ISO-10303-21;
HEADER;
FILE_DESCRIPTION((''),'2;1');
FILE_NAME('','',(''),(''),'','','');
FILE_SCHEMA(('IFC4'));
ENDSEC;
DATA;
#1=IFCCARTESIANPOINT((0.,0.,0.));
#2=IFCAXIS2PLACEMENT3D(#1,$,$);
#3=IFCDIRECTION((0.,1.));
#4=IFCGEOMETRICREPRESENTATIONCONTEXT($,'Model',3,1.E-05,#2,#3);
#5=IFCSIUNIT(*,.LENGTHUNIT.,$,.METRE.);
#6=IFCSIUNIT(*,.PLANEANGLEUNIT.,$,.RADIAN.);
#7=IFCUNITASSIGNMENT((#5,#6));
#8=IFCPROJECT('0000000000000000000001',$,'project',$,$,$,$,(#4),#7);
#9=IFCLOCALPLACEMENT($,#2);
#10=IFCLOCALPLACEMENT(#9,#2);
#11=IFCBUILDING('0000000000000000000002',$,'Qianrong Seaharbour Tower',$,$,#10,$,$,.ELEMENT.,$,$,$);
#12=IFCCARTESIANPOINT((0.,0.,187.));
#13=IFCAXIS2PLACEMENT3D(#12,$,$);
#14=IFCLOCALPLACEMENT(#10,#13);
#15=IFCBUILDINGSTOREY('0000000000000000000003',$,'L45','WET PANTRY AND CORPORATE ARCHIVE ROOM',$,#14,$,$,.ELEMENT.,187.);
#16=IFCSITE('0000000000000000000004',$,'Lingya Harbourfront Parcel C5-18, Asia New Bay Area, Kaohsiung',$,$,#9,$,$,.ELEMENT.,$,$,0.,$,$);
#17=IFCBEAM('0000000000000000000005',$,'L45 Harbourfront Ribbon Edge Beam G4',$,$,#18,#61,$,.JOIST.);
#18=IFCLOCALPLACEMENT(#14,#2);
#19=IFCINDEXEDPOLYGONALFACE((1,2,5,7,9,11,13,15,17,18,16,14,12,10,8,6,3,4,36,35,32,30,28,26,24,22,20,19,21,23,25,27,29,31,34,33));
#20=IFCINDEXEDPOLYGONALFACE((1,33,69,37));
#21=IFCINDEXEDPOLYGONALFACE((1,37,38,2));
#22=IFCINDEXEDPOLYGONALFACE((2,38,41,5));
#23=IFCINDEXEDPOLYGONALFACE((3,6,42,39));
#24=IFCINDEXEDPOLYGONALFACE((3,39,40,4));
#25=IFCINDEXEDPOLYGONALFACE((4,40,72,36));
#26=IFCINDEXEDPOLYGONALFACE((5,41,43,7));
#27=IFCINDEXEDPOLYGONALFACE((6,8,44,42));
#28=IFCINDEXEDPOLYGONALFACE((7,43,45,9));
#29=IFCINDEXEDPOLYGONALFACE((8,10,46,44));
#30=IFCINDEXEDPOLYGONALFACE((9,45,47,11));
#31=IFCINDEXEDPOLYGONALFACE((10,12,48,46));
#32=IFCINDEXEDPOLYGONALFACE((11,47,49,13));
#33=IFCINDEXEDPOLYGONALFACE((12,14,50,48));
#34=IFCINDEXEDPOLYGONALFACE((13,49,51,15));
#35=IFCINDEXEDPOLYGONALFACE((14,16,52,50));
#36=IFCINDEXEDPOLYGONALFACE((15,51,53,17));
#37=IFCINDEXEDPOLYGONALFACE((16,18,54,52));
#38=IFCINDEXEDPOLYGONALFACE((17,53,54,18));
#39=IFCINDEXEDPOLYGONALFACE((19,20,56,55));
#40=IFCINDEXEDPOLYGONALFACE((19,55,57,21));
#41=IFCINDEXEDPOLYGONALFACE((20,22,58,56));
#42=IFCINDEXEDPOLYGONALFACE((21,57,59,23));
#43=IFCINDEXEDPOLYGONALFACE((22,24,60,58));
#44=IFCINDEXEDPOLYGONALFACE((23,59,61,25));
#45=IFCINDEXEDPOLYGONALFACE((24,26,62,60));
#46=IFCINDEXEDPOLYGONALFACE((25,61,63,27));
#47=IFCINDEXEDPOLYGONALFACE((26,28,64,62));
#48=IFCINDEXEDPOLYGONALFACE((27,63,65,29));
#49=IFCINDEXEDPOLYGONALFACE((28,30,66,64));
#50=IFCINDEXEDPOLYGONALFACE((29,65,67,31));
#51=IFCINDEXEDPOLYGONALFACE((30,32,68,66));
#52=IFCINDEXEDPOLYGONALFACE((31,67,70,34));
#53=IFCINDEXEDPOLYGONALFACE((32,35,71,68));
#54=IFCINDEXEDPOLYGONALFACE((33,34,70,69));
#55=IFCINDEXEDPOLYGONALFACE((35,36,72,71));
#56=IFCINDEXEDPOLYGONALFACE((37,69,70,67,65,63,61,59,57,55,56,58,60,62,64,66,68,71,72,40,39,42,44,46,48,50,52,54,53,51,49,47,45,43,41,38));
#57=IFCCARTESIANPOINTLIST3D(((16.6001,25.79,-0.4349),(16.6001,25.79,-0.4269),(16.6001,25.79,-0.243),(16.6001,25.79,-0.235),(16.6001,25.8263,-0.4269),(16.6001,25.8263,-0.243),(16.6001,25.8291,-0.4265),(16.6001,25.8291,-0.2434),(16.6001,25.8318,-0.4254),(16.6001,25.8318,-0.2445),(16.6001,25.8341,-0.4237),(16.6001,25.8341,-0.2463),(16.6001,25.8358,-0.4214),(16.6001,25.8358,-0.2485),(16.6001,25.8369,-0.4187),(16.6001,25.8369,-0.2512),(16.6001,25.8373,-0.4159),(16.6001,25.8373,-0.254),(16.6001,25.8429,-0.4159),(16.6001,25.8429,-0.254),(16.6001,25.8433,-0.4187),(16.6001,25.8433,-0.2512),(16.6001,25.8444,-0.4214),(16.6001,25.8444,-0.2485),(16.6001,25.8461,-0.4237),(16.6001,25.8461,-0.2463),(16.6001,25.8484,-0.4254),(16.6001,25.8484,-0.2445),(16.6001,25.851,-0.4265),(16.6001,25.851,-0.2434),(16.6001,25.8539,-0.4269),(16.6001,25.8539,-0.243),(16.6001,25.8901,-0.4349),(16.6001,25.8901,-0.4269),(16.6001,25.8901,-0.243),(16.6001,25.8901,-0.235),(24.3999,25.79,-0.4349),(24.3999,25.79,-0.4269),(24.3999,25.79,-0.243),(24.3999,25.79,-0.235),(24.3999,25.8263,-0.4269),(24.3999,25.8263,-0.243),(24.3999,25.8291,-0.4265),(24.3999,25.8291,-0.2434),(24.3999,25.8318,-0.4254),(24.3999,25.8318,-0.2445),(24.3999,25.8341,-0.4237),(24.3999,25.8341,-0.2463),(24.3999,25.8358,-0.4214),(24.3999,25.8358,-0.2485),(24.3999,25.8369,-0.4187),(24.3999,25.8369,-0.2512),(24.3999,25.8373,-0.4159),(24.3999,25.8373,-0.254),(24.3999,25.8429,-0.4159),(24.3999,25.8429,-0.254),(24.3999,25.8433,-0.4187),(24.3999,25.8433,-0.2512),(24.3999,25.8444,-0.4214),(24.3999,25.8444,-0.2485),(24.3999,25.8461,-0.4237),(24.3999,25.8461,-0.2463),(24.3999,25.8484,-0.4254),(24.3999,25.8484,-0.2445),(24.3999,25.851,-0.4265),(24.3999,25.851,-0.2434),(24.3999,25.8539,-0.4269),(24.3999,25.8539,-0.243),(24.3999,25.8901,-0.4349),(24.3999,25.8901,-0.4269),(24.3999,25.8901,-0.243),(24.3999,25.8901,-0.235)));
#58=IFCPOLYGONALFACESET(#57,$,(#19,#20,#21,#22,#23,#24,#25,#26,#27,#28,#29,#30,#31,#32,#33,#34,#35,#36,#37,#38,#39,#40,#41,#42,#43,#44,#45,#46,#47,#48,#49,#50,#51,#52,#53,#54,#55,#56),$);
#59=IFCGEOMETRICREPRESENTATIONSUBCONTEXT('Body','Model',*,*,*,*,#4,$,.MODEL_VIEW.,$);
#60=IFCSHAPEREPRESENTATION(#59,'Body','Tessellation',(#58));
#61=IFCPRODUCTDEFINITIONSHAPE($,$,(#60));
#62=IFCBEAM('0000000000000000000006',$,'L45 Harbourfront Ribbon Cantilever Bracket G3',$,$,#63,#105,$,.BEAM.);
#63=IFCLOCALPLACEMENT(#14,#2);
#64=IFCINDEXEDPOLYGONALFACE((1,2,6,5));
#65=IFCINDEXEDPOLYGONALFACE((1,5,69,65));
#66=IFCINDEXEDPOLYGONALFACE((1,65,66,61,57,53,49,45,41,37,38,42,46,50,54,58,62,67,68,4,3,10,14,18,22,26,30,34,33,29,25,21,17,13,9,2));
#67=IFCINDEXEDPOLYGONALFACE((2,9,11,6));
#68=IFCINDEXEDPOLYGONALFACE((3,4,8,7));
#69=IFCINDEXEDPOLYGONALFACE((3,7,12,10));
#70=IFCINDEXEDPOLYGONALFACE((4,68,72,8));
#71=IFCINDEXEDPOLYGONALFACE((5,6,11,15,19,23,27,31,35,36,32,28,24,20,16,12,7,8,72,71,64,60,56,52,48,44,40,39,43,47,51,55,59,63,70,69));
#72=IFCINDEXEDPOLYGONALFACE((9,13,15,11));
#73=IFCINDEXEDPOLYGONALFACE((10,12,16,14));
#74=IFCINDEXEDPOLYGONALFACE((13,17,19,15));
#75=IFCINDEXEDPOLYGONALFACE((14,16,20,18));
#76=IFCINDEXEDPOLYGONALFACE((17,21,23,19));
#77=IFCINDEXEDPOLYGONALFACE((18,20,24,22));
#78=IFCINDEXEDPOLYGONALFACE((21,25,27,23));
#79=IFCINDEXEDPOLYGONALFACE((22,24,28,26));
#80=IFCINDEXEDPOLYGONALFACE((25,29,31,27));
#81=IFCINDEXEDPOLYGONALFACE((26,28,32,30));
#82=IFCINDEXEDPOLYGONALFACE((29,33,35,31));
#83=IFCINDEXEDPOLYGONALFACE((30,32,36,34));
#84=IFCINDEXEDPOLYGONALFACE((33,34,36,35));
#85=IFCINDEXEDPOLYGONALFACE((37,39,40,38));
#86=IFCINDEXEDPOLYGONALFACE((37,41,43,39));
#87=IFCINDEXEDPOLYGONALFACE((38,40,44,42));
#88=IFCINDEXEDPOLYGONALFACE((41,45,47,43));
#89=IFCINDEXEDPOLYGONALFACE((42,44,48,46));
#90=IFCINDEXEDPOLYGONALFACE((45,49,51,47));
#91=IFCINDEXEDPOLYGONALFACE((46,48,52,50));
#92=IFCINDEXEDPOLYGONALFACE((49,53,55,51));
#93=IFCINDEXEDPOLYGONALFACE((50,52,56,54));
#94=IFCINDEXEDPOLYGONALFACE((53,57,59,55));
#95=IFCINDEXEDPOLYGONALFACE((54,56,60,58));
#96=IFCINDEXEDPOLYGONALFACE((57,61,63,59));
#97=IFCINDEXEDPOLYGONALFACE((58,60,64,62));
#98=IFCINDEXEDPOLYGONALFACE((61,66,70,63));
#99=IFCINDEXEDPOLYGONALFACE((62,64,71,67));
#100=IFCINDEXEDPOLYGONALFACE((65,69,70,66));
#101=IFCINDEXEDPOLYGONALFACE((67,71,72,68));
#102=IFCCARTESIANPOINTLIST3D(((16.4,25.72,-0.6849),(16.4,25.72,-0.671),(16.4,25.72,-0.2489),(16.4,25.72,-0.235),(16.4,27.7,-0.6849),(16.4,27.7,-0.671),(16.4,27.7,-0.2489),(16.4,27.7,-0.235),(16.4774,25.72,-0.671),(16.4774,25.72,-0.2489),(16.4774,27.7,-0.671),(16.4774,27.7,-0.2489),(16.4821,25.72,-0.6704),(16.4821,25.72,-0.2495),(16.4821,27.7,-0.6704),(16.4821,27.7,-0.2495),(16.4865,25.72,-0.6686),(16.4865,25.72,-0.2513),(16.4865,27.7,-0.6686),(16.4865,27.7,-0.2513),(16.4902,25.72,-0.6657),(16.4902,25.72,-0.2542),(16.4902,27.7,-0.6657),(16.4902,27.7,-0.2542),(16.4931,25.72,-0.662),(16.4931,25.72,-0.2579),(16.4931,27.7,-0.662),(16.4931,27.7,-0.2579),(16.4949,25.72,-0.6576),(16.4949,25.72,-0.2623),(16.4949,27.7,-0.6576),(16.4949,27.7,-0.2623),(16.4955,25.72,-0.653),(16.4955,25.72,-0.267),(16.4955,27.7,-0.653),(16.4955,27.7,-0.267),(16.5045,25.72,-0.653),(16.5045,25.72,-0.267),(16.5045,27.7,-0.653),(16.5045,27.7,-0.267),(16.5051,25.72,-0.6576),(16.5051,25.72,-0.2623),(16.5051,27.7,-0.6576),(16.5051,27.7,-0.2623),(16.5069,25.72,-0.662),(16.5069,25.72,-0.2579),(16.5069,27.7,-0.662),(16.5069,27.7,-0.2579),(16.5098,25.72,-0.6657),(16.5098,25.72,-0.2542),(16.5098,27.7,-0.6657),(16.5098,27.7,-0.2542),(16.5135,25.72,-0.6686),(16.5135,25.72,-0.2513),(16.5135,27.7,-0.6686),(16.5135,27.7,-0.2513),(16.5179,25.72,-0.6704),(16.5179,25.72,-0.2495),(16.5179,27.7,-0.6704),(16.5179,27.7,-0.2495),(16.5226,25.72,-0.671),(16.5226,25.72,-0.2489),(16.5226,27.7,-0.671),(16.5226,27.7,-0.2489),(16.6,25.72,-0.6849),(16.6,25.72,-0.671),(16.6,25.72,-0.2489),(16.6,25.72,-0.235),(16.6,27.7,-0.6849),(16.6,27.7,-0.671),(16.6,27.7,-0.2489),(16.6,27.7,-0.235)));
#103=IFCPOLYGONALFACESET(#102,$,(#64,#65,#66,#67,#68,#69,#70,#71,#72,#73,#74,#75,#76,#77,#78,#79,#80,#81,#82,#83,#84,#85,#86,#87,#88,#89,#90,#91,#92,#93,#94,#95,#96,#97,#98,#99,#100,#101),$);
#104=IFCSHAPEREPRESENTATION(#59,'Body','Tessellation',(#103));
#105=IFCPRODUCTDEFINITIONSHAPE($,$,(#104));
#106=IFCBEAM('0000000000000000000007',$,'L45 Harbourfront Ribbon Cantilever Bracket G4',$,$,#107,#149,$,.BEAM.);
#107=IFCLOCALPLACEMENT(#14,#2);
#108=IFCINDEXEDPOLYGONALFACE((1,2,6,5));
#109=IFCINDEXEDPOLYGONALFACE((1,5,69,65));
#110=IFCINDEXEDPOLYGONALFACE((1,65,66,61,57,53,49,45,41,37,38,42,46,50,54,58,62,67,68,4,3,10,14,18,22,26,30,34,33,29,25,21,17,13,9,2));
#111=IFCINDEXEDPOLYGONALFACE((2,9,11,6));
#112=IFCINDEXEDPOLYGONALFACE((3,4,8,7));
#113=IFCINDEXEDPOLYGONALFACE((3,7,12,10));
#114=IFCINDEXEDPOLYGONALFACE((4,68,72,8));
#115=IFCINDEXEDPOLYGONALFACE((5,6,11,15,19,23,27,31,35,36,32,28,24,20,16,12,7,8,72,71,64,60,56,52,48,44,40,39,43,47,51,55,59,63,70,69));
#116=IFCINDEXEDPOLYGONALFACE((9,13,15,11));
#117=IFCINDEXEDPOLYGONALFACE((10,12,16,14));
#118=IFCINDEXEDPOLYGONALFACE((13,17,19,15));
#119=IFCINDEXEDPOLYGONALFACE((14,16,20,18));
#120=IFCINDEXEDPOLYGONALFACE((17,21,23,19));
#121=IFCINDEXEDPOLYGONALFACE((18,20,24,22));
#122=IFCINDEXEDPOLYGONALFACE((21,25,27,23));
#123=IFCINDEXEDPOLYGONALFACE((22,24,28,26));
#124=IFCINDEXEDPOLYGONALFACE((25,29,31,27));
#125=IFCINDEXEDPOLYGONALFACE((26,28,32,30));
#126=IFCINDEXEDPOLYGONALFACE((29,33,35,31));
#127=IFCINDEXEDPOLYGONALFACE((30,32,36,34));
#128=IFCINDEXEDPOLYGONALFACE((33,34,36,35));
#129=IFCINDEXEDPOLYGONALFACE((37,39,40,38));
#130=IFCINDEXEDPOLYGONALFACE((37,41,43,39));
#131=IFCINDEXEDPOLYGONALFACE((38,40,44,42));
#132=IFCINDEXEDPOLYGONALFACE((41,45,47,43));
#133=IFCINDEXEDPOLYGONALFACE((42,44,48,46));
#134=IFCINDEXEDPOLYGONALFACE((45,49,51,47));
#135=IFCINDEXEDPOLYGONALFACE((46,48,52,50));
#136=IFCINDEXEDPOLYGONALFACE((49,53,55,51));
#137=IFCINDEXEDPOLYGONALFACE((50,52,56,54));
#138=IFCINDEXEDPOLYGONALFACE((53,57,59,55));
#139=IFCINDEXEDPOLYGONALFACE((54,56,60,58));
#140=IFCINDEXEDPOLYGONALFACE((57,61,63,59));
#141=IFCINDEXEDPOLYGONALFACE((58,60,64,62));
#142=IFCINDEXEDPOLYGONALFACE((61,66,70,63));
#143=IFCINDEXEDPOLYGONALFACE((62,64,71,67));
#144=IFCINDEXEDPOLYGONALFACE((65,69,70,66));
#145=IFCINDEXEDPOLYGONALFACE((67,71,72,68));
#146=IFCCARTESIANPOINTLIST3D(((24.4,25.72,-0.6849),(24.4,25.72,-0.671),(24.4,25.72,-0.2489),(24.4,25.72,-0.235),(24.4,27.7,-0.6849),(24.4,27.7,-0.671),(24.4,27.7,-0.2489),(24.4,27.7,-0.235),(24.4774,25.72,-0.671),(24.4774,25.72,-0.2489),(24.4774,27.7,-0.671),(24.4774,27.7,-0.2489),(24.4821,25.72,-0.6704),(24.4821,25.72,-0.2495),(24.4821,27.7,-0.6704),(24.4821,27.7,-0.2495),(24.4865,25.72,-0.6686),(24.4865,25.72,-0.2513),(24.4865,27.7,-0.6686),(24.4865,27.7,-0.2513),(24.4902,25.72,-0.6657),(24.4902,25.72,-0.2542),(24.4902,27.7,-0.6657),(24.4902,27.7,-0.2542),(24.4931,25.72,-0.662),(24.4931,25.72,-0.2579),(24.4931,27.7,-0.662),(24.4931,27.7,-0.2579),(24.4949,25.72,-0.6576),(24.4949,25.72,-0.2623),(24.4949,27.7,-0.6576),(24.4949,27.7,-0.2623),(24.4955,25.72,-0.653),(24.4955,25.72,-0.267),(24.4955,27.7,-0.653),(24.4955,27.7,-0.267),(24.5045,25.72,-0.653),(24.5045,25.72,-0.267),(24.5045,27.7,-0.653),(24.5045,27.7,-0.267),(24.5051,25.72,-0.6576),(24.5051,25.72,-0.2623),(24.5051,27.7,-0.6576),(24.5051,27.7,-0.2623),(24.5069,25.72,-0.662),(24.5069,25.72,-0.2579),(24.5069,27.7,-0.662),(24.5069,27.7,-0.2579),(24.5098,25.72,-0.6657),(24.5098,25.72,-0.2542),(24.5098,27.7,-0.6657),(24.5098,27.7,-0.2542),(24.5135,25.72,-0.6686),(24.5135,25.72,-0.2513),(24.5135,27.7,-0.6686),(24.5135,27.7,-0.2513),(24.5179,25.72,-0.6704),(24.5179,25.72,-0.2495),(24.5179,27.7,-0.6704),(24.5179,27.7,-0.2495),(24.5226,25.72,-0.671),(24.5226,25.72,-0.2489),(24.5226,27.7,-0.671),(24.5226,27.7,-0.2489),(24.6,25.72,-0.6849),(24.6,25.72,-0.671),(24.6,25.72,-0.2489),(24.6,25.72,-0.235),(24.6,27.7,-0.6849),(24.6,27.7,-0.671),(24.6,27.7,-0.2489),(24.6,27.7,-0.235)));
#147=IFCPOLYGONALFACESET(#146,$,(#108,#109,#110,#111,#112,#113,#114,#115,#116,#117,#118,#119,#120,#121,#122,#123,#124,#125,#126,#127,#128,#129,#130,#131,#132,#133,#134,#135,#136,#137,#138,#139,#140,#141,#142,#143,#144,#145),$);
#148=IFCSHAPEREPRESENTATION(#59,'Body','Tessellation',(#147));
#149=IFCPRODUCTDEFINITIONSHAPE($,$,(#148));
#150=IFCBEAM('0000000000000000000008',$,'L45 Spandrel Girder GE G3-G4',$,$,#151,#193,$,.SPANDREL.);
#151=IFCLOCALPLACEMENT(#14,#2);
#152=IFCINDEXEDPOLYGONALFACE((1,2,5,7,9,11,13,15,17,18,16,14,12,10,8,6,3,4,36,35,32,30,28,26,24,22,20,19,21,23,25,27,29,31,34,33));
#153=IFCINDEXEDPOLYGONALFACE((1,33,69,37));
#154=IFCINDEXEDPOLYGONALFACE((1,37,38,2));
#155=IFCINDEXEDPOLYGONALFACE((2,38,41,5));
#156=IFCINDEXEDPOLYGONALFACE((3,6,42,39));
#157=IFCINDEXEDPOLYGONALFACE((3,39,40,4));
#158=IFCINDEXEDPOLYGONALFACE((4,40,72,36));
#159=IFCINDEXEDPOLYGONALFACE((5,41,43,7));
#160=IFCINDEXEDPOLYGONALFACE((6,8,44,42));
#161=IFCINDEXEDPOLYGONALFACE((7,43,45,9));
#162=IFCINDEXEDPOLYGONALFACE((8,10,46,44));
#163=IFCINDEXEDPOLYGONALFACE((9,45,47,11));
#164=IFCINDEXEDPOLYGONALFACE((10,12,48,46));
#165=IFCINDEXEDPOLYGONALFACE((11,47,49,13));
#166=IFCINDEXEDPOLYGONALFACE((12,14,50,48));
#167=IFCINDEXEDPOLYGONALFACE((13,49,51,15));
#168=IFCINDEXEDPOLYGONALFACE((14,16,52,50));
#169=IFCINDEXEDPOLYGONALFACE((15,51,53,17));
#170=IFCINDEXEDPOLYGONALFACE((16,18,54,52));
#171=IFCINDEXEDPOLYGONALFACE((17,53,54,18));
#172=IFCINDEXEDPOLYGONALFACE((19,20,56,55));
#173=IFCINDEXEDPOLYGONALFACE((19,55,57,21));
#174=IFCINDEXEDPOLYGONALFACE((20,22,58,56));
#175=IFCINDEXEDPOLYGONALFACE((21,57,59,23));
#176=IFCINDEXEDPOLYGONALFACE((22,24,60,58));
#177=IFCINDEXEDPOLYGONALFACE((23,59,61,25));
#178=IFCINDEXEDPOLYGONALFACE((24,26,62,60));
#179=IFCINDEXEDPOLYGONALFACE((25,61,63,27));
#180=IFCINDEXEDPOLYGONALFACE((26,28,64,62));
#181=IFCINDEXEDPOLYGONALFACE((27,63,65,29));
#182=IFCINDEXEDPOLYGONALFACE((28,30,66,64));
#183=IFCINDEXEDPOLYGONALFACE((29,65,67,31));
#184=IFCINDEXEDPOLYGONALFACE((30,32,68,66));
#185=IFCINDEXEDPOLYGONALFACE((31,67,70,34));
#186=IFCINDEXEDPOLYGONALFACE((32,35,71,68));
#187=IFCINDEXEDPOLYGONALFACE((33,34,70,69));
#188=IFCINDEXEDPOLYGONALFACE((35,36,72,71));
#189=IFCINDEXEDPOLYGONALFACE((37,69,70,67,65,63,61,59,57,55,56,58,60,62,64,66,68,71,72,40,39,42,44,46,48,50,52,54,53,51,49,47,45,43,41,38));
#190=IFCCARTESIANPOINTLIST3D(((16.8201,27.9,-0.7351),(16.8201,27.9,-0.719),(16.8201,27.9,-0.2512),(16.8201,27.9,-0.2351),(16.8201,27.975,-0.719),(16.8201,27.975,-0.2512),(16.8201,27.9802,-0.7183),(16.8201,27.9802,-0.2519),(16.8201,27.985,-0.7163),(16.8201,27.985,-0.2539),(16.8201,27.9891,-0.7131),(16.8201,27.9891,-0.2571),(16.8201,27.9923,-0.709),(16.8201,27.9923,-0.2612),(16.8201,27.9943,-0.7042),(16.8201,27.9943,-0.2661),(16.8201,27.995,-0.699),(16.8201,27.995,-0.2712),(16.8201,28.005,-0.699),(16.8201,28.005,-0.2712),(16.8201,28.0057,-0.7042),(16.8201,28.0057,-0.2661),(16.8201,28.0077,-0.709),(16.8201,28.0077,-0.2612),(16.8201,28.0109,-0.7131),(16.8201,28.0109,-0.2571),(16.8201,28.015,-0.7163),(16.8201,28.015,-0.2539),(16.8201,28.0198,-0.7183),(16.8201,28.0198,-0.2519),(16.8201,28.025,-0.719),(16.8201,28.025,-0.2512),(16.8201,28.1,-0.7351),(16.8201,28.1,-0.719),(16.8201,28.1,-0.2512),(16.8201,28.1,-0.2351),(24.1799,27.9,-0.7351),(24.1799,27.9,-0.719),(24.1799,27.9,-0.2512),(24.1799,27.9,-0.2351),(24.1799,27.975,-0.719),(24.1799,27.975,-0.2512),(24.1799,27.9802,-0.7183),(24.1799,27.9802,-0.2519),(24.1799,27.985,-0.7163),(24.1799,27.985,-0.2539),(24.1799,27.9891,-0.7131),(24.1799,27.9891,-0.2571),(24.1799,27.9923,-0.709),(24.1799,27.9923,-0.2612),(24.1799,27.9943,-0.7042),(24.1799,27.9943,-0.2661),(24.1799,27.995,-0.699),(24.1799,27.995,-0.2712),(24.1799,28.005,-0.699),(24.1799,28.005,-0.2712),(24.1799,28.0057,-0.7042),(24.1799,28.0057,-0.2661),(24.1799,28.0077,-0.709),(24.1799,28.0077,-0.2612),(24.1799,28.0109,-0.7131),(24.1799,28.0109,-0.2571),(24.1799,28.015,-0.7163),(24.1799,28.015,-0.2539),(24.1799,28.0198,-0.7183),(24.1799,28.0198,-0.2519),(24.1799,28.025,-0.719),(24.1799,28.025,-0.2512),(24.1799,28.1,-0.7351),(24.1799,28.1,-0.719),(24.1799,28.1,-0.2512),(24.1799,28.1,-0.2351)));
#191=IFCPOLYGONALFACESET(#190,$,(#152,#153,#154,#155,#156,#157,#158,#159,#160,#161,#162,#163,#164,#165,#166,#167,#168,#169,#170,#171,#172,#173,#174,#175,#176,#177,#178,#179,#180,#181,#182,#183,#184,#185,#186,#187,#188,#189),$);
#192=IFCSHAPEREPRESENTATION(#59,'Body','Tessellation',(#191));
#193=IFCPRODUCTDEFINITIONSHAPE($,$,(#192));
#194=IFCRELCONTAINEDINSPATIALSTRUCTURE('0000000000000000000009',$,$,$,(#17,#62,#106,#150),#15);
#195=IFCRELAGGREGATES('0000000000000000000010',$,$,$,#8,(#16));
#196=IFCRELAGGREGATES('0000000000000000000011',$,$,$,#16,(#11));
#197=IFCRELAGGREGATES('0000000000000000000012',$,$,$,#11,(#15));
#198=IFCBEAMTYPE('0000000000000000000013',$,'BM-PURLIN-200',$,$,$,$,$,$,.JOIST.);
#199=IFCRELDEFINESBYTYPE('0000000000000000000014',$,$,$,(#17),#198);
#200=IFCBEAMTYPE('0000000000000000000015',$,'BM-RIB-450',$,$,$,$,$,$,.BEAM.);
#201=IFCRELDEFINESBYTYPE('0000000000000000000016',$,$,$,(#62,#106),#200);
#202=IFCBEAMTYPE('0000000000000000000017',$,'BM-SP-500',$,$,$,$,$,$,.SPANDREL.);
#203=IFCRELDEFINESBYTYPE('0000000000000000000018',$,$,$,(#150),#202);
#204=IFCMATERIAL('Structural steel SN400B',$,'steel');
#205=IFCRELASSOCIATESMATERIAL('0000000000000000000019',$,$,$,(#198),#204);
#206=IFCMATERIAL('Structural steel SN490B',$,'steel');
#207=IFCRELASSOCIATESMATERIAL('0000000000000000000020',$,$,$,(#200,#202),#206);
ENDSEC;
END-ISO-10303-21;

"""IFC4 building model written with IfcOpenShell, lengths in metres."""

from ifc_helpers import new_model, si_unit, direction, frame, origin, origin_2d, place, context, subcontext, project, spatial, i_section, extrude, material, material_profile, profile_set, type_object, element, save


model = new_model("IFC4")

# Units and contexts
model_context = context("Model", 3, precision=1e-05, world=origin(), true_north=direction((0.0, 1.0)))
body_context = subcontext(model_context, "Body", "Model", "MODEL_VIEW")
ifc_project = project(units=[si_unit("LENGTHUNIT", "METRE"), si_unit("PLANEANGLEUNIT", "RADIAN")], contexts=[model_context])

# Site, building, storey
site_placement = place(None, origin())
site = spatial("IfcSite", under=ifc_project, at=site_placement, Name="Lingya Harbourfront Parcel C5-18, Asia New Bay Area, Kaohsiung", CompositionType="ELEMENT", RefElevation=0.0)
building_placement = place(site_placement, origin())
building = spatial("IfcBuilding", under=site, at=building_placement, Name="Qianrong Seaharbour Tower", CompositionType="ELEMENT")
storey_placement = place(building_placement, frame((0.0, 0.0, 187.0)))
storey = spatial("IfcBuildingStorey", under=building, at=storey_placement, Name="L45", Description="WET PANTRY AND CORPORATE ARCHIVE ROOM", CompositionType="ELEMENT", Elevation=187.0)

# Shared definitions
ifc_material_1 = material(Name="Structural steel SN490B", Category="steel")

# Beams
ifc_material_2 = material(Name="Structural steel SN400B", Category="steel")
ifc_material_profile_1 = material_profile(ifc_material_2, i_section(OverallWidth=0.1001, OverallDepth=0.2, WebThickness=0.0056, FlangeThickness=0.0081, FilletRadius=0.011, at=origin_2d()), Name="H200x100x5.5x8")
ifc_profile_set_1 = profile_set([ifc_material_profile_1], Name="Structural steel SN400B")
beam_type_1 = type_object("IfcBeamType", Name="BM-PURLIN-200", PredefinedType="JOIST", material=ifc_profile_set_1)
beam_1_placement = place(storey_placement, frame((16.6001, 25.8401, -0.335), z_axis=(1.0, 0.0, 0.0), x_axis=(0.0, 1.0, 0.0)))
element("IfcBeam", 1, at=beam_1_placement, inside=storey, type_object=beam_type_1, Name="L45 Harbourfront Ribbon Edge Beam G4", PredefinedType="JOIST", context=body_context, shape_type="SweptSolid", body=[
    extrude(i_section(OverallWidth=0.1001, OverallDepth=0.2, WebThickness=0.0056, FlangeThickness=0.0081, FilletRadius=0.011, at=origin_2d()), origin(), (0.0, 0.0, 1.0), 7.7998),
])
ifc_material_profile_2 = material_profile(ifc_material_1, i_section(OverallWidth=0.2, OverallDepth=0.45, WebThickness=0.009, FlangeThickness=0.0139, FilletRadius=0.0181, at=origin_2d()), Name="H450x200x9x14")
ifc_profile_set_2 = profile_set([ifc_material_profile_2], Name="Structural steel SN490B")
beam_type_2 = type_object("IfcBeamType", Name="BM-RIB-450", PredefinedType="BEAM", material=ifc_profile_set_2)
for number, where, z_axis, x_axis, name in (
    (2, (16.5, 27.7, -0.46), (0.0, -1.0, 0.0), (1.0, 0.0, 0.0), "L45 Harbourfront Ribbon Cantilever Bracket G3"),
    (3, (24.5, 27.7, -0.46), (0.0, -1.0, 0.0), (1.0, 0.0, 0.0), "L45 Harbourfront Ribbon Cantilever Bracket G4"),
):
    element("IfcBeam", number, at=place(storey_placement, frame(where, z_axis=z_axis, x_axis=x_axis)), inside=storey, type_object=beam_type_2, Name=name, PredefinedType="BEAM", context=body_context, shape_type="SweptSolid", body=[
        extrude(i_section(OverallWidth=0.2, OverallDepth=0.45, WebThickness=0.009, FlangeThickness=0.0139, FilletRadius=0.0181, at=origin_2d()), origin(), (0.0, 0.0, 1.0), 1.98),
    ])
ifc_material_profile_3 = material_profile(ifc_material_1, i_section(OverallWidth=0.2, OverallDepth=0.5, WebThickness=0.01, FlangeThickness=0.0161, FilletRadius=0.02, at=origin_2d()), Name="H500x200x10x16")
ifc_profile_set_3 = profile_set([ifc_material_profile_3], Name="Structural steel SN490B")
beam_type_3 = type_object("IfcBeamType", Name="BM-SP-500", PredefinedType="SPANDREL", material=ifc_profile_set_3)
beam_2_placement = place(storey_placement, frame((16.8201, 28.0, -0.4851), z_axis=(1.0, 0.0, 0.0), x_axis=(0.0, 1.0, 0.0)))
element("IfcBeam", 4, at=beam_2_placement, inside=storey, type_object=beam_type_3, Name="L45 Spandrel Girder GE G3-G4", PredefinedType="SPANDREL", context=body_context, shape_type="SweptSolid", body=[
    extrude(i_section(OverallWidth=0.2, OverallDepth=0.5, WebThickness=0.01, FlangeThickness=0.0161, FilletRadius=0.02, at=origin_2d()), origin(), (0.0, 0.0, 1.0), 7.3599),
])

save(model, "model.ifc")
